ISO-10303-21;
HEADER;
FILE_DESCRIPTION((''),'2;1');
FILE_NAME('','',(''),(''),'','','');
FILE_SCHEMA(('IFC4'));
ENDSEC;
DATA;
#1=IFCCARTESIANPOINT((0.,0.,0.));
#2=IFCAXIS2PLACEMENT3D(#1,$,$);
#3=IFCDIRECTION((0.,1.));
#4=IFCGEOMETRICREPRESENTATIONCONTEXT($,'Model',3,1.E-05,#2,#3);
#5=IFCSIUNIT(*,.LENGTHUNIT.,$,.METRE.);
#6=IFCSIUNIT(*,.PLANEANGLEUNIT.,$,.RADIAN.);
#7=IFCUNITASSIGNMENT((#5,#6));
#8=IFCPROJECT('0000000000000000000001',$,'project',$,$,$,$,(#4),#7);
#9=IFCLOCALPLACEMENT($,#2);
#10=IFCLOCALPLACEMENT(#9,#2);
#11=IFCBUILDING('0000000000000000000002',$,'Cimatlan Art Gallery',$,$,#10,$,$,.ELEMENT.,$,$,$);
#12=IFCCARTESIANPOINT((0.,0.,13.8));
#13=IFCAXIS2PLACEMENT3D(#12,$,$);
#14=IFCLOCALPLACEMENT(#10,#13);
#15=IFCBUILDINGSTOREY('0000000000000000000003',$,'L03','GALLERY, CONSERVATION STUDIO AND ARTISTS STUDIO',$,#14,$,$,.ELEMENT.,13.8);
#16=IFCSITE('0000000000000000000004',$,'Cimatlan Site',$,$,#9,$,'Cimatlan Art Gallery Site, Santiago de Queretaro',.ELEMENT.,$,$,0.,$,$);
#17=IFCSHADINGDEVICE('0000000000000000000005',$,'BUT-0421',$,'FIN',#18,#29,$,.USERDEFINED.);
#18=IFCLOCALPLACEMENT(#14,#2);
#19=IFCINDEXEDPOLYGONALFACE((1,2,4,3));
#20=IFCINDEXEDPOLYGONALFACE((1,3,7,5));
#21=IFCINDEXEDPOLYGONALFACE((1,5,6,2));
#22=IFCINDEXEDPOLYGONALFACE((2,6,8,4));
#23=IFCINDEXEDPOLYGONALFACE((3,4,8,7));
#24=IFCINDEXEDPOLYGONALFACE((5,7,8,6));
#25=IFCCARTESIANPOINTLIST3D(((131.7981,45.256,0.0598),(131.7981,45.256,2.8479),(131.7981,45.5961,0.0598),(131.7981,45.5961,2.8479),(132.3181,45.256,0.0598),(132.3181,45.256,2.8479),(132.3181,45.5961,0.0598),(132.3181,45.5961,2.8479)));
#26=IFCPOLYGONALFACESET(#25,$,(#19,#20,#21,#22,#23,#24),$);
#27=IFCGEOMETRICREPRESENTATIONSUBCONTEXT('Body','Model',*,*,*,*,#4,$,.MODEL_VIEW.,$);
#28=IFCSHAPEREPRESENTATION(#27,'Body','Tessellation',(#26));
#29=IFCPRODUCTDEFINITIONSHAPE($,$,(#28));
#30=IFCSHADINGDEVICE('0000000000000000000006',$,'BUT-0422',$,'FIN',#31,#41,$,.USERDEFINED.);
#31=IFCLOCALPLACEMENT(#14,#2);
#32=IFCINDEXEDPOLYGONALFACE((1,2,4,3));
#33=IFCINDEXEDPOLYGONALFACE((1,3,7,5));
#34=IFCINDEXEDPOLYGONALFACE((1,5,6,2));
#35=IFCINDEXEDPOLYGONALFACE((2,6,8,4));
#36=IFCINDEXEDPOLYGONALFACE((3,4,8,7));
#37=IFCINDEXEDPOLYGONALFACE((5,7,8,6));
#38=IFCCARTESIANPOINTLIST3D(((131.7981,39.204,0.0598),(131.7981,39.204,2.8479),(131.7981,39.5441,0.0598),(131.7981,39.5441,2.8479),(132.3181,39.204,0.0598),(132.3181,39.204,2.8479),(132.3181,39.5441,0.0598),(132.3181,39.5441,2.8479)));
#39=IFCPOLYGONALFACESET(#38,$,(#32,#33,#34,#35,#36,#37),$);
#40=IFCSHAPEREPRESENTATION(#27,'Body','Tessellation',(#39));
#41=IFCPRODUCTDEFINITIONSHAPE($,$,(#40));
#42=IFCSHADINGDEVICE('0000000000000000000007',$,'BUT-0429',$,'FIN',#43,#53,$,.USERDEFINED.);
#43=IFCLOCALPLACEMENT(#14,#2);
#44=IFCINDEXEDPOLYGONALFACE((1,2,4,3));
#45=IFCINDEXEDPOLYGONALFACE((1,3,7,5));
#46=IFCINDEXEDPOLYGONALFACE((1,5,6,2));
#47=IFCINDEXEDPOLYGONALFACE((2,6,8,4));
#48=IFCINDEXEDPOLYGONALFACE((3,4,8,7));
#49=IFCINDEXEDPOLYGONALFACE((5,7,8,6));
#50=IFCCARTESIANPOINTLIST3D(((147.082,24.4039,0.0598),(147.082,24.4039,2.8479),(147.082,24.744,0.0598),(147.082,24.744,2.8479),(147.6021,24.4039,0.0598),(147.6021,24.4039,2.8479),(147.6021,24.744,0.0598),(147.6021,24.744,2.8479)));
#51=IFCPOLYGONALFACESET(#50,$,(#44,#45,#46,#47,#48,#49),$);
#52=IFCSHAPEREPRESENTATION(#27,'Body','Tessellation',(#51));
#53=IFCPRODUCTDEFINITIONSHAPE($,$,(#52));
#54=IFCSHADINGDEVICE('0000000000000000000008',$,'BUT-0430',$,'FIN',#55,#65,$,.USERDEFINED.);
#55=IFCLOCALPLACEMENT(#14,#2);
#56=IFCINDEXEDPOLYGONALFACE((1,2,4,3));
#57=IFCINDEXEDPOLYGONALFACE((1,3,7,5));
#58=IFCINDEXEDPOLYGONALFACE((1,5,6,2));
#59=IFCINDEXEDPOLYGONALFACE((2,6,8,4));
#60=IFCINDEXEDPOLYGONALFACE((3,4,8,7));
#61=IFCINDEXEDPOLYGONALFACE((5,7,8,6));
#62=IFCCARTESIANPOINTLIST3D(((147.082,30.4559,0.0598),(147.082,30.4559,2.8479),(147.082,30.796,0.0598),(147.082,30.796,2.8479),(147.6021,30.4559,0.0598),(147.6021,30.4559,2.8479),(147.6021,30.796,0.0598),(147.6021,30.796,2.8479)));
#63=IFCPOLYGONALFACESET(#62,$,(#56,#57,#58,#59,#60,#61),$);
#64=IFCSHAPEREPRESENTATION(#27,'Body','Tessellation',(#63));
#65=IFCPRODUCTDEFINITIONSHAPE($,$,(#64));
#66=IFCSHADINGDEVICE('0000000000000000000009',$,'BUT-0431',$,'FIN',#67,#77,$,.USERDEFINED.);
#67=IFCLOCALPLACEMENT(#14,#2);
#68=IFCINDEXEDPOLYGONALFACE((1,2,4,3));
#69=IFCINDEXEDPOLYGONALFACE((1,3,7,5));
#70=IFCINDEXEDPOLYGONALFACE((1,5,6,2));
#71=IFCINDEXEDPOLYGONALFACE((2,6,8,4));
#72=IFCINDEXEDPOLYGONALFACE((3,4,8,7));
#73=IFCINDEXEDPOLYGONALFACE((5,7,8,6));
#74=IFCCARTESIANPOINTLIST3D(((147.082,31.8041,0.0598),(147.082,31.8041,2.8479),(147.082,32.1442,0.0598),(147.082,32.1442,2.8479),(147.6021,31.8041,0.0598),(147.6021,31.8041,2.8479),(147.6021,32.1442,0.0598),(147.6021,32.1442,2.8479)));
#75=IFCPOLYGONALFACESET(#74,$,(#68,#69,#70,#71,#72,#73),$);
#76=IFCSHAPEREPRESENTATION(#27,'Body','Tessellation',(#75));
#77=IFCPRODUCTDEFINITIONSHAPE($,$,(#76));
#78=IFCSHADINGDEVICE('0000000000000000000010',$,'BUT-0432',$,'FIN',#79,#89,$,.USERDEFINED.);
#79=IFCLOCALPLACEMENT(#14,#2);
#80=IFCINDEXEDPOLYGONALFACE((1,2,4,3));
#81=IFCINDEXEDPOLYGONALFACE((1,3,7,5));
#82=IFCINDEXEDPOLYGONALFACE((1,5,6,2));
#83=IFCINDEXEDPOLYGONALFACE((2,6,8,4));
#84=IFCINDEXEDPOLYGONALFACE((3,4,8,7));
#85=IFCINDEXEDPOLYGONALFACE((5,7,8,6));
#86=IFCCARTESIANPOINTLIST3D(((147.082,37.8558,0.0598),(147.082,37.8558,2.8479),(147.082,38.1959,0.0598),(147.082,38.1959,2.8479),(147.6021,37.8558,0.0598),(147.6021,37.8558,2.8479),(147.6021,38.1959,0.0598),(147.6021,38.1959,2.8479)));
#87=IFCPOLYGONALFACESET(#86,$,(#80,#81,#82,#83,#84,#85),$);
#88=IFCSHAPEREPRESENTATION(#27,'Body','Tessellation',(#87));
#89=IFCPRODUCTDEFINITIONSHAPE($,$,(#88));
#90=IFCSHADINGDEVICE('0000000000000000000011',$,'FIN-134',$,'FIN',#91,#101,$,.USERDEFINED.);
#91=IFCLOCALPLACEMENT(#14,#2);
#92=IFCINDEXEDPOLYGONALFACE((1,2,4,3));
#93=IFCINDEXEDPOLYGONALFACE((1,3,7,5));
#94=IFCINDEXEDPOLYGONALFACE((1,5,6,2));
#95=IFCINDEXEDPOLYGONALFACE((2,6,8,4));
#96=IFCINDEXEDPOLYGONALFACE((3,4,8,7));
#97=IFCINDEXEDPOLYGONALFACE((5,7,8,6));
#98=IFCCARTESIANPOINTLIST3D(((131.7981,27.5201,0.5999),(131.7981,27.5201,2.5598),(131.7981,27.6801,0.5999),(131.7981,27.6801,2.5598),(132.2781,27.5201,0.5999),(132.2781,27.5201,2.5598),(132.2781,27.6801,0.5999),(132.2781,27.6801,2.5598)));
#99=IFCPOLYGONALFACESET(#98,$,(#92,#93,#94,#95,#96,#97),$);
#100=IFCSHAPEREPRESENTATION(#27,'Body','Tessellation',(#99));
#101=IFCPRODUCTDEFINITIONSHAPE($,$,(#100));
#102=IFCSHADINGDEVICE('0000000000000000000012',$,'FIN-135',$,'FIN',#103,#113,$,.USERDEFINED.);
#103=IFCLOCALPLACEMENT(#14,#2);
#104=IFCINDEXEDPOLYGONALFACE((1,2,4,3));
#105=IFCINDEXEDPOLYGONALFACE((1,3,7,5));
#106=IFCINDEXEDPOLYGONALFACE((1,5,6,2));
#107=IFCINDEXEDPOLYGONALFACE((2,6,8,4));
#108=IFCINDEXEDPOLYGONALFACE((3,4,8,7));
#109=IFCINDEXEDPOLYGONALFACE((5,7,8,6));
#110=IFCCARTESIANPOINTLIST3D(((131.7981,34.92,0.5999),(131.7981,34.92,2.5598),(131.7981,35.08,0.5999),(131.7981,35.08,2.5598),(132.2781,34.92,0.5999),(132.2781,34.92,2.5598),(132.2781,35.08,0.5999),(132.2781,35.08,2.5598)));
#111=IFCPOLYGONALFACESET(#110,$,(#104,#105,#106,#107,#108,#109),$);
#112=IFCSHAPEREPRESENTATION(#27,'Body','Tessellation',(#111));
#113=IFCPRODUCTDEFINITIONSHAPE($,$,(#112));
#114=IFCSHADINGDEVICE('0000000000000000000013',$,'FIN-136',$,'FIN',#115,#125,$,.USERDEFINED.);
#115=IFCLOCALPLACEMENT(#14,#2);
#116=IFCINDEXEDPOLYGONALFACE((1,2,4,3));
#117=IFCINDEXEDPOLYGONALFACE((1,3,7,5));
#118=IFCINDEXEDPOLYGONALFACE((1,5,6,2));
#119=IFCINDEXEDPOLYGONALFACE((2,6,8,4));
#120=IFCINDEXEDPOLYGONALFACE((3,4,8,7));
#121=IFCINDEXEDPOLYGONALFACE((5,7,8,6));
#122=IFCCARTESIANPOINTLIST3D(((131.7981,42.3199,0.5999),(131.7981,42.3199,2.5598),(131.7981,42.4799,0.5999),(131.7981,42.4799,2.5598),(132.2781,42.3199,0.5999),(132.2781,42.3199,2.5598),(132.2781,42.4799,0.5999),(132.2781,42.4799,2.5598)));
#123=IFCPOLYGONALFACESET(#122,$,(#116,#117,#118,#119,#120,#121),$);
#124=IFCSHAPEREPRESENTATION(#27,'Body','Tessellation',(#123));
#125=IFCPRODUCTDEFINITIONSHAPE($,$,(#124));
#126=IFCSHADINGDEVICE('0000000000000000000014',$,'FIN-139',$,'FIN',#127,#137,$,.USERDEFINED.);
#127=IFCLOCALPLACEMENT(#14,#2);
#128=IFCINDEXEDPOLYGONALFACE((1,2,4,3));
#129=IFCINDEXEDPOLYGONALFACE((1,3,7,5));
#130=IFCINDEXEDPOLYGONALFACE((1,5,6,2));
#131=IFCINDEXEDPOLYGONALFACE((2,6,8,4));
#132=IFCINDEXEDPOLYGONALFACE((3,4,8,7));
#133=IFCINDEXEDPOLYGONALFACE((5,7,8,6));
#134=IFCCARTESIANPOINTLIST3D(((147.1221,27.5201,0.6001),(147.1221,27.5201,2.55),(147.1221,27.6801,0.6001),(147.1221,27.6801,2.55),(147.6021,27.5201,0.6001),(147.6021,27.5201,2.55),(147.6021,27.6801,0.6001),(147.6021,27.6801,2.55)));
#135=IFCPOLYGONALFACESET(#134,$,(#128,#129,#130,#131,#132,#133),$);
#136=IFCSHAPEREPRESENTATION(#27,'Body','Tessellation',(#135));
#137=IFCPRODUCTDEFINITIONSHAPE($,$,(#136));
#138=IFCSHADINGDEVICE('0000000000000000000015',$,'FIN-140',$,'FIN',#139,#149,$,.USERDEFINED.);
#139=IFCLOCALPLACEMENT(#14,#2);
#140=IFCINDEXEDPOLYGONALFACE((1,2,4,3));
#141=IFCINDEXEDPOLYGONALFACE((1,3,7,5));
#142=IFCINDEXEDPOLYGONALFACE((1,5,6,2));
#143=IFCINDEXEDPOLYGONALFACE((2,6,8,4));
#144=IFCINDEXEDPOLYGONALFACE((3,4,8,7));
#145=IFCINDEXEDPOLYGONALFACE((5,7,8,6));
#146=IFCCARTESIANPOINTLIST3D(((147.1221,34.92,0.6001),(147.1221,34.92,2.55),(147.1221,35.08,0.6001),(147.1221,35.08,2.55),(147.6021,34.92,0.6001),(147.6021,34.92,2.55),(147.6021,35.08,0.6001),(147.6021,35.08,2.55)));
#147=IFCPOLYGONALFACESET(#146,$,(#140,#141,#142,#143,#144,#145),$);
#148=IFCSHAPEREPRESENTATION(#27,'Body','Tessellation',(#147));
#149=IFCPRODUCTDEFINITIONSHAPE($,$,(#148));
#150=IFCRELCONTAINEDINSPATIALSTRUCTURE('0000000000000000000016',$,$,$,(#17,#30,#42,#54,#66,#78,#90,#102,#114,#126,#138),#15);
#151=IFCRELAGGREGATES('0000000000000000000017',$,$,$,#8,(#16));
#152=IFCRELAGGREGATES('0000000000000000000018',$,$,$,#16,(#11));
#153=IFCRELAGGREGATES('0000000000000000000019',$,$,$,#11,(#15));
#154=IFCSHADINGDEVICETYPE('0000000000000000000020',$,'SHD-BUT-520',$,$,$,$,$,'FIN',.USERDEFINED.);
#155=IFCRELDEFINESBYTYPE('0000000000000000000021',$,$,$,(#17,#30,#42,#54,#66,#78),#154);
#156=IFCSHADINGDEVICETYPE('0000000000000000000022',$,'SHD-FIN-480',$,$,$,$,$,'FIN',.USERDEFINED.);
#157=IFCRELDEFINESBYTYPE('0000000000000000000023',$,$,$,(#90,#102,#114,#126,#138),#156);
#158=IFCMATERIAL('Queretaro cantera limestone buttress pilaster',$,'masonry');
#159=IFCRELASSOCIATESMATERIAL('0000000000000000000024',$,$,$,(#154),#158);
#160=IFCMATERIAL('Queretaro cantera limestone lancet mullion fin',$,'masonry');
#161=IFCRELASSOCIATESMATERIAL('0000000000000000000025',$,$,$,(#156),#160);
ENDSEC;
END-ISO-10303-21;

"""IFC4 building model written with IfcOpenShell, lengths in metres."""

from ifc_helpers import new_model, si_unit, direction, frame, origin, origin_2d, place, context, subcontext, project, spatial, rectangle, extrude, material, type_object, element, save


model = new_model("IFC4")

# Units and contexts
model_context = context("Model", 3, precision=1e-05, world=origin(), true_north=direction((0.0, 1.0)))
body_context = subcontext(model_context, "Body", "Model", "MODEL_VIEW")
ifc_project = project(units=[si_unit("LENGTHUNIT", "METRE"), si_unit("PLANEANGLEUNIT", "RADIAN")], contexts=[model_context])

# Site, building, storey
site_placement = place(None, origin())
site = spatial("IfcSite", under=ifc_project, at=site_placement, Name="Cimatlan Site", LongName="Cimatlan Art Gallery Site, Santiago de Queretaro", CompositionType="ELEMENT", RefElevation=0.0)
building_placement = place(site_placement, origin())
building = spatial("IfcBuilding", under=site, at=building_placement, Name="Cimatlan Art Gallery", CompositionType="ELEMENT")
storey_placement = place(building_placement, frame((0.0, 0.0, 13.8)))
storey = spatial("IfcBuildingStorey", under=building, at=storey_placement, Name="L03", Description="GALLERY, CONSERVATION STUDIO AND ARTISTS STUDIO", CompositionType="ELEMENT", Elevation=13.8)

# Shading devices
ifc_material_1 = material(Name="Queretaro cantera limestone buttress pilaster", Category="masonry")
shading_device_type_1 = type_object("IfcShadingDeviceType", Name="SHD-BUT-520", ElementType="FIN", PredefinedType="USERDEFINED", material=ifc_material_1)
for number, where, z_axis, x_axis, name in (
    (1, (132.0581, 45.426, 0.0598), (0.0, 0.0, 1.0), (0.0, -1.0, 0.0), "BUT-0421"),
    (2, (132.0581, 39.374, 0.0598), (0.0, 0.0, 1.0), (0.0, -1.0, 0.0), "BUT-0422"),
    (3, (147.342, 24.574, 0.0598), (0.0, 0.0, 1.0), (0.0, 1.0, 0.0), "BUT-0429"),
    (4, (147.342, 30.626, 0.0598), (0.0, 0.0, 1.0), (0.0, 1.0, 0.0), "BUT-0430"),
    (5, (147.342, 31.9741, 0.0598), (0.0, 0.0, 1.0), (0.0, 1.0, 0.0), "BUT-0431"),
    (6, (147.342, 38.0259, 0.0598), (0.0, 0.0, 1.0), (0.0, 1.0, 0.0), "BUT-0432"),
):
    element("IfcShadingDevice", number, at=place(storey_placement, frame(where, z_axis=z_axis, x_axis=x_axis)), inside=storey, type_object=shading_device_type_1, Name=name, ObjectType="FIN", PredefinedType="USERDEFINED", context=body_context, shape_type="SweptSolid", body=[
        extrude(rectangle(XDim=0.3401, YDim=0.52, at=origin_2d()), origin(), (0.0, 0.0, 1.0), 2.7881),
    ])
ifc_material_2 = material(Name="Queretaro cantera limestone lancet mullion fin", Category="masonry")
shading_device_type_2 = type_object("IfcShadingDeviceType", Name="SHD-FIN-480", ElementType="FIN", PredefinedType="USERDEFINED", material=ifc_material_2)
for number, where, z_axis, x_axis, name in (
    (7, (132.0381, 27.6001, 0.5999), (0.0, 0.0, 1.0), (0.0, -1.0, 0.0), "FIN-134"),
    (8, (132.0381, 35.0, 0.5999), (0.0, 0.0, 1.0), (0.0, -1.0, 0.0), "FIN-135"),
    (9, (132.0381, 42.3999, 0.5999), (0.0, 0.0, 1.0), (0.0, -1.0, 0.0), "FIN-136"),
):
    element("IfcShadingDevice", number, at=place(storey_placement, frame(where, z_axis=z_axis, x_axis=x_axis)), inside=storey, type_object=shading_device_type_2, Name=name, ObjectType="FIN", PredefinedType="USERDEFINED", context=body_context, shape_type="SweptSolid", body=[
        extrude(rectangle(XDim=0.1599, YDim=0.48, at=origin_2d()), origin(), (0.0, 0.0, 1.0), 1.96),
    ])
for number, where, z_axis, x_axis, name in (
    (10, (147.3621, 27.6001, 0.6001), (0.0, 0.0, 1.0), (0.0, 1.0, 0.0), "FIN-139"),
    (11, (147.3621, 35.0, 0.6001), (0.0, 0.0, 1.0), (0.0, 1.0, 0.0), "FIN-140"),
):
    element("IfcShadingDevice", number, at=place(storey_placement, frame(where, z_axis=z_axis, x_axis=x_axis)), inside=storey, type_object=shading_device_type_2, Name=name, ObjectType="FIN", PredefinedType="USERDEFINED", context=body_context, shape_type="SweptSolid", body=[
        extrude(rectangle(XDim=0.1599, YDim=0.48, at=origin_2d()), origin(), (0.0, 0.0, 1.0), 1.95),
    ])

save(model, "model.ifc")
